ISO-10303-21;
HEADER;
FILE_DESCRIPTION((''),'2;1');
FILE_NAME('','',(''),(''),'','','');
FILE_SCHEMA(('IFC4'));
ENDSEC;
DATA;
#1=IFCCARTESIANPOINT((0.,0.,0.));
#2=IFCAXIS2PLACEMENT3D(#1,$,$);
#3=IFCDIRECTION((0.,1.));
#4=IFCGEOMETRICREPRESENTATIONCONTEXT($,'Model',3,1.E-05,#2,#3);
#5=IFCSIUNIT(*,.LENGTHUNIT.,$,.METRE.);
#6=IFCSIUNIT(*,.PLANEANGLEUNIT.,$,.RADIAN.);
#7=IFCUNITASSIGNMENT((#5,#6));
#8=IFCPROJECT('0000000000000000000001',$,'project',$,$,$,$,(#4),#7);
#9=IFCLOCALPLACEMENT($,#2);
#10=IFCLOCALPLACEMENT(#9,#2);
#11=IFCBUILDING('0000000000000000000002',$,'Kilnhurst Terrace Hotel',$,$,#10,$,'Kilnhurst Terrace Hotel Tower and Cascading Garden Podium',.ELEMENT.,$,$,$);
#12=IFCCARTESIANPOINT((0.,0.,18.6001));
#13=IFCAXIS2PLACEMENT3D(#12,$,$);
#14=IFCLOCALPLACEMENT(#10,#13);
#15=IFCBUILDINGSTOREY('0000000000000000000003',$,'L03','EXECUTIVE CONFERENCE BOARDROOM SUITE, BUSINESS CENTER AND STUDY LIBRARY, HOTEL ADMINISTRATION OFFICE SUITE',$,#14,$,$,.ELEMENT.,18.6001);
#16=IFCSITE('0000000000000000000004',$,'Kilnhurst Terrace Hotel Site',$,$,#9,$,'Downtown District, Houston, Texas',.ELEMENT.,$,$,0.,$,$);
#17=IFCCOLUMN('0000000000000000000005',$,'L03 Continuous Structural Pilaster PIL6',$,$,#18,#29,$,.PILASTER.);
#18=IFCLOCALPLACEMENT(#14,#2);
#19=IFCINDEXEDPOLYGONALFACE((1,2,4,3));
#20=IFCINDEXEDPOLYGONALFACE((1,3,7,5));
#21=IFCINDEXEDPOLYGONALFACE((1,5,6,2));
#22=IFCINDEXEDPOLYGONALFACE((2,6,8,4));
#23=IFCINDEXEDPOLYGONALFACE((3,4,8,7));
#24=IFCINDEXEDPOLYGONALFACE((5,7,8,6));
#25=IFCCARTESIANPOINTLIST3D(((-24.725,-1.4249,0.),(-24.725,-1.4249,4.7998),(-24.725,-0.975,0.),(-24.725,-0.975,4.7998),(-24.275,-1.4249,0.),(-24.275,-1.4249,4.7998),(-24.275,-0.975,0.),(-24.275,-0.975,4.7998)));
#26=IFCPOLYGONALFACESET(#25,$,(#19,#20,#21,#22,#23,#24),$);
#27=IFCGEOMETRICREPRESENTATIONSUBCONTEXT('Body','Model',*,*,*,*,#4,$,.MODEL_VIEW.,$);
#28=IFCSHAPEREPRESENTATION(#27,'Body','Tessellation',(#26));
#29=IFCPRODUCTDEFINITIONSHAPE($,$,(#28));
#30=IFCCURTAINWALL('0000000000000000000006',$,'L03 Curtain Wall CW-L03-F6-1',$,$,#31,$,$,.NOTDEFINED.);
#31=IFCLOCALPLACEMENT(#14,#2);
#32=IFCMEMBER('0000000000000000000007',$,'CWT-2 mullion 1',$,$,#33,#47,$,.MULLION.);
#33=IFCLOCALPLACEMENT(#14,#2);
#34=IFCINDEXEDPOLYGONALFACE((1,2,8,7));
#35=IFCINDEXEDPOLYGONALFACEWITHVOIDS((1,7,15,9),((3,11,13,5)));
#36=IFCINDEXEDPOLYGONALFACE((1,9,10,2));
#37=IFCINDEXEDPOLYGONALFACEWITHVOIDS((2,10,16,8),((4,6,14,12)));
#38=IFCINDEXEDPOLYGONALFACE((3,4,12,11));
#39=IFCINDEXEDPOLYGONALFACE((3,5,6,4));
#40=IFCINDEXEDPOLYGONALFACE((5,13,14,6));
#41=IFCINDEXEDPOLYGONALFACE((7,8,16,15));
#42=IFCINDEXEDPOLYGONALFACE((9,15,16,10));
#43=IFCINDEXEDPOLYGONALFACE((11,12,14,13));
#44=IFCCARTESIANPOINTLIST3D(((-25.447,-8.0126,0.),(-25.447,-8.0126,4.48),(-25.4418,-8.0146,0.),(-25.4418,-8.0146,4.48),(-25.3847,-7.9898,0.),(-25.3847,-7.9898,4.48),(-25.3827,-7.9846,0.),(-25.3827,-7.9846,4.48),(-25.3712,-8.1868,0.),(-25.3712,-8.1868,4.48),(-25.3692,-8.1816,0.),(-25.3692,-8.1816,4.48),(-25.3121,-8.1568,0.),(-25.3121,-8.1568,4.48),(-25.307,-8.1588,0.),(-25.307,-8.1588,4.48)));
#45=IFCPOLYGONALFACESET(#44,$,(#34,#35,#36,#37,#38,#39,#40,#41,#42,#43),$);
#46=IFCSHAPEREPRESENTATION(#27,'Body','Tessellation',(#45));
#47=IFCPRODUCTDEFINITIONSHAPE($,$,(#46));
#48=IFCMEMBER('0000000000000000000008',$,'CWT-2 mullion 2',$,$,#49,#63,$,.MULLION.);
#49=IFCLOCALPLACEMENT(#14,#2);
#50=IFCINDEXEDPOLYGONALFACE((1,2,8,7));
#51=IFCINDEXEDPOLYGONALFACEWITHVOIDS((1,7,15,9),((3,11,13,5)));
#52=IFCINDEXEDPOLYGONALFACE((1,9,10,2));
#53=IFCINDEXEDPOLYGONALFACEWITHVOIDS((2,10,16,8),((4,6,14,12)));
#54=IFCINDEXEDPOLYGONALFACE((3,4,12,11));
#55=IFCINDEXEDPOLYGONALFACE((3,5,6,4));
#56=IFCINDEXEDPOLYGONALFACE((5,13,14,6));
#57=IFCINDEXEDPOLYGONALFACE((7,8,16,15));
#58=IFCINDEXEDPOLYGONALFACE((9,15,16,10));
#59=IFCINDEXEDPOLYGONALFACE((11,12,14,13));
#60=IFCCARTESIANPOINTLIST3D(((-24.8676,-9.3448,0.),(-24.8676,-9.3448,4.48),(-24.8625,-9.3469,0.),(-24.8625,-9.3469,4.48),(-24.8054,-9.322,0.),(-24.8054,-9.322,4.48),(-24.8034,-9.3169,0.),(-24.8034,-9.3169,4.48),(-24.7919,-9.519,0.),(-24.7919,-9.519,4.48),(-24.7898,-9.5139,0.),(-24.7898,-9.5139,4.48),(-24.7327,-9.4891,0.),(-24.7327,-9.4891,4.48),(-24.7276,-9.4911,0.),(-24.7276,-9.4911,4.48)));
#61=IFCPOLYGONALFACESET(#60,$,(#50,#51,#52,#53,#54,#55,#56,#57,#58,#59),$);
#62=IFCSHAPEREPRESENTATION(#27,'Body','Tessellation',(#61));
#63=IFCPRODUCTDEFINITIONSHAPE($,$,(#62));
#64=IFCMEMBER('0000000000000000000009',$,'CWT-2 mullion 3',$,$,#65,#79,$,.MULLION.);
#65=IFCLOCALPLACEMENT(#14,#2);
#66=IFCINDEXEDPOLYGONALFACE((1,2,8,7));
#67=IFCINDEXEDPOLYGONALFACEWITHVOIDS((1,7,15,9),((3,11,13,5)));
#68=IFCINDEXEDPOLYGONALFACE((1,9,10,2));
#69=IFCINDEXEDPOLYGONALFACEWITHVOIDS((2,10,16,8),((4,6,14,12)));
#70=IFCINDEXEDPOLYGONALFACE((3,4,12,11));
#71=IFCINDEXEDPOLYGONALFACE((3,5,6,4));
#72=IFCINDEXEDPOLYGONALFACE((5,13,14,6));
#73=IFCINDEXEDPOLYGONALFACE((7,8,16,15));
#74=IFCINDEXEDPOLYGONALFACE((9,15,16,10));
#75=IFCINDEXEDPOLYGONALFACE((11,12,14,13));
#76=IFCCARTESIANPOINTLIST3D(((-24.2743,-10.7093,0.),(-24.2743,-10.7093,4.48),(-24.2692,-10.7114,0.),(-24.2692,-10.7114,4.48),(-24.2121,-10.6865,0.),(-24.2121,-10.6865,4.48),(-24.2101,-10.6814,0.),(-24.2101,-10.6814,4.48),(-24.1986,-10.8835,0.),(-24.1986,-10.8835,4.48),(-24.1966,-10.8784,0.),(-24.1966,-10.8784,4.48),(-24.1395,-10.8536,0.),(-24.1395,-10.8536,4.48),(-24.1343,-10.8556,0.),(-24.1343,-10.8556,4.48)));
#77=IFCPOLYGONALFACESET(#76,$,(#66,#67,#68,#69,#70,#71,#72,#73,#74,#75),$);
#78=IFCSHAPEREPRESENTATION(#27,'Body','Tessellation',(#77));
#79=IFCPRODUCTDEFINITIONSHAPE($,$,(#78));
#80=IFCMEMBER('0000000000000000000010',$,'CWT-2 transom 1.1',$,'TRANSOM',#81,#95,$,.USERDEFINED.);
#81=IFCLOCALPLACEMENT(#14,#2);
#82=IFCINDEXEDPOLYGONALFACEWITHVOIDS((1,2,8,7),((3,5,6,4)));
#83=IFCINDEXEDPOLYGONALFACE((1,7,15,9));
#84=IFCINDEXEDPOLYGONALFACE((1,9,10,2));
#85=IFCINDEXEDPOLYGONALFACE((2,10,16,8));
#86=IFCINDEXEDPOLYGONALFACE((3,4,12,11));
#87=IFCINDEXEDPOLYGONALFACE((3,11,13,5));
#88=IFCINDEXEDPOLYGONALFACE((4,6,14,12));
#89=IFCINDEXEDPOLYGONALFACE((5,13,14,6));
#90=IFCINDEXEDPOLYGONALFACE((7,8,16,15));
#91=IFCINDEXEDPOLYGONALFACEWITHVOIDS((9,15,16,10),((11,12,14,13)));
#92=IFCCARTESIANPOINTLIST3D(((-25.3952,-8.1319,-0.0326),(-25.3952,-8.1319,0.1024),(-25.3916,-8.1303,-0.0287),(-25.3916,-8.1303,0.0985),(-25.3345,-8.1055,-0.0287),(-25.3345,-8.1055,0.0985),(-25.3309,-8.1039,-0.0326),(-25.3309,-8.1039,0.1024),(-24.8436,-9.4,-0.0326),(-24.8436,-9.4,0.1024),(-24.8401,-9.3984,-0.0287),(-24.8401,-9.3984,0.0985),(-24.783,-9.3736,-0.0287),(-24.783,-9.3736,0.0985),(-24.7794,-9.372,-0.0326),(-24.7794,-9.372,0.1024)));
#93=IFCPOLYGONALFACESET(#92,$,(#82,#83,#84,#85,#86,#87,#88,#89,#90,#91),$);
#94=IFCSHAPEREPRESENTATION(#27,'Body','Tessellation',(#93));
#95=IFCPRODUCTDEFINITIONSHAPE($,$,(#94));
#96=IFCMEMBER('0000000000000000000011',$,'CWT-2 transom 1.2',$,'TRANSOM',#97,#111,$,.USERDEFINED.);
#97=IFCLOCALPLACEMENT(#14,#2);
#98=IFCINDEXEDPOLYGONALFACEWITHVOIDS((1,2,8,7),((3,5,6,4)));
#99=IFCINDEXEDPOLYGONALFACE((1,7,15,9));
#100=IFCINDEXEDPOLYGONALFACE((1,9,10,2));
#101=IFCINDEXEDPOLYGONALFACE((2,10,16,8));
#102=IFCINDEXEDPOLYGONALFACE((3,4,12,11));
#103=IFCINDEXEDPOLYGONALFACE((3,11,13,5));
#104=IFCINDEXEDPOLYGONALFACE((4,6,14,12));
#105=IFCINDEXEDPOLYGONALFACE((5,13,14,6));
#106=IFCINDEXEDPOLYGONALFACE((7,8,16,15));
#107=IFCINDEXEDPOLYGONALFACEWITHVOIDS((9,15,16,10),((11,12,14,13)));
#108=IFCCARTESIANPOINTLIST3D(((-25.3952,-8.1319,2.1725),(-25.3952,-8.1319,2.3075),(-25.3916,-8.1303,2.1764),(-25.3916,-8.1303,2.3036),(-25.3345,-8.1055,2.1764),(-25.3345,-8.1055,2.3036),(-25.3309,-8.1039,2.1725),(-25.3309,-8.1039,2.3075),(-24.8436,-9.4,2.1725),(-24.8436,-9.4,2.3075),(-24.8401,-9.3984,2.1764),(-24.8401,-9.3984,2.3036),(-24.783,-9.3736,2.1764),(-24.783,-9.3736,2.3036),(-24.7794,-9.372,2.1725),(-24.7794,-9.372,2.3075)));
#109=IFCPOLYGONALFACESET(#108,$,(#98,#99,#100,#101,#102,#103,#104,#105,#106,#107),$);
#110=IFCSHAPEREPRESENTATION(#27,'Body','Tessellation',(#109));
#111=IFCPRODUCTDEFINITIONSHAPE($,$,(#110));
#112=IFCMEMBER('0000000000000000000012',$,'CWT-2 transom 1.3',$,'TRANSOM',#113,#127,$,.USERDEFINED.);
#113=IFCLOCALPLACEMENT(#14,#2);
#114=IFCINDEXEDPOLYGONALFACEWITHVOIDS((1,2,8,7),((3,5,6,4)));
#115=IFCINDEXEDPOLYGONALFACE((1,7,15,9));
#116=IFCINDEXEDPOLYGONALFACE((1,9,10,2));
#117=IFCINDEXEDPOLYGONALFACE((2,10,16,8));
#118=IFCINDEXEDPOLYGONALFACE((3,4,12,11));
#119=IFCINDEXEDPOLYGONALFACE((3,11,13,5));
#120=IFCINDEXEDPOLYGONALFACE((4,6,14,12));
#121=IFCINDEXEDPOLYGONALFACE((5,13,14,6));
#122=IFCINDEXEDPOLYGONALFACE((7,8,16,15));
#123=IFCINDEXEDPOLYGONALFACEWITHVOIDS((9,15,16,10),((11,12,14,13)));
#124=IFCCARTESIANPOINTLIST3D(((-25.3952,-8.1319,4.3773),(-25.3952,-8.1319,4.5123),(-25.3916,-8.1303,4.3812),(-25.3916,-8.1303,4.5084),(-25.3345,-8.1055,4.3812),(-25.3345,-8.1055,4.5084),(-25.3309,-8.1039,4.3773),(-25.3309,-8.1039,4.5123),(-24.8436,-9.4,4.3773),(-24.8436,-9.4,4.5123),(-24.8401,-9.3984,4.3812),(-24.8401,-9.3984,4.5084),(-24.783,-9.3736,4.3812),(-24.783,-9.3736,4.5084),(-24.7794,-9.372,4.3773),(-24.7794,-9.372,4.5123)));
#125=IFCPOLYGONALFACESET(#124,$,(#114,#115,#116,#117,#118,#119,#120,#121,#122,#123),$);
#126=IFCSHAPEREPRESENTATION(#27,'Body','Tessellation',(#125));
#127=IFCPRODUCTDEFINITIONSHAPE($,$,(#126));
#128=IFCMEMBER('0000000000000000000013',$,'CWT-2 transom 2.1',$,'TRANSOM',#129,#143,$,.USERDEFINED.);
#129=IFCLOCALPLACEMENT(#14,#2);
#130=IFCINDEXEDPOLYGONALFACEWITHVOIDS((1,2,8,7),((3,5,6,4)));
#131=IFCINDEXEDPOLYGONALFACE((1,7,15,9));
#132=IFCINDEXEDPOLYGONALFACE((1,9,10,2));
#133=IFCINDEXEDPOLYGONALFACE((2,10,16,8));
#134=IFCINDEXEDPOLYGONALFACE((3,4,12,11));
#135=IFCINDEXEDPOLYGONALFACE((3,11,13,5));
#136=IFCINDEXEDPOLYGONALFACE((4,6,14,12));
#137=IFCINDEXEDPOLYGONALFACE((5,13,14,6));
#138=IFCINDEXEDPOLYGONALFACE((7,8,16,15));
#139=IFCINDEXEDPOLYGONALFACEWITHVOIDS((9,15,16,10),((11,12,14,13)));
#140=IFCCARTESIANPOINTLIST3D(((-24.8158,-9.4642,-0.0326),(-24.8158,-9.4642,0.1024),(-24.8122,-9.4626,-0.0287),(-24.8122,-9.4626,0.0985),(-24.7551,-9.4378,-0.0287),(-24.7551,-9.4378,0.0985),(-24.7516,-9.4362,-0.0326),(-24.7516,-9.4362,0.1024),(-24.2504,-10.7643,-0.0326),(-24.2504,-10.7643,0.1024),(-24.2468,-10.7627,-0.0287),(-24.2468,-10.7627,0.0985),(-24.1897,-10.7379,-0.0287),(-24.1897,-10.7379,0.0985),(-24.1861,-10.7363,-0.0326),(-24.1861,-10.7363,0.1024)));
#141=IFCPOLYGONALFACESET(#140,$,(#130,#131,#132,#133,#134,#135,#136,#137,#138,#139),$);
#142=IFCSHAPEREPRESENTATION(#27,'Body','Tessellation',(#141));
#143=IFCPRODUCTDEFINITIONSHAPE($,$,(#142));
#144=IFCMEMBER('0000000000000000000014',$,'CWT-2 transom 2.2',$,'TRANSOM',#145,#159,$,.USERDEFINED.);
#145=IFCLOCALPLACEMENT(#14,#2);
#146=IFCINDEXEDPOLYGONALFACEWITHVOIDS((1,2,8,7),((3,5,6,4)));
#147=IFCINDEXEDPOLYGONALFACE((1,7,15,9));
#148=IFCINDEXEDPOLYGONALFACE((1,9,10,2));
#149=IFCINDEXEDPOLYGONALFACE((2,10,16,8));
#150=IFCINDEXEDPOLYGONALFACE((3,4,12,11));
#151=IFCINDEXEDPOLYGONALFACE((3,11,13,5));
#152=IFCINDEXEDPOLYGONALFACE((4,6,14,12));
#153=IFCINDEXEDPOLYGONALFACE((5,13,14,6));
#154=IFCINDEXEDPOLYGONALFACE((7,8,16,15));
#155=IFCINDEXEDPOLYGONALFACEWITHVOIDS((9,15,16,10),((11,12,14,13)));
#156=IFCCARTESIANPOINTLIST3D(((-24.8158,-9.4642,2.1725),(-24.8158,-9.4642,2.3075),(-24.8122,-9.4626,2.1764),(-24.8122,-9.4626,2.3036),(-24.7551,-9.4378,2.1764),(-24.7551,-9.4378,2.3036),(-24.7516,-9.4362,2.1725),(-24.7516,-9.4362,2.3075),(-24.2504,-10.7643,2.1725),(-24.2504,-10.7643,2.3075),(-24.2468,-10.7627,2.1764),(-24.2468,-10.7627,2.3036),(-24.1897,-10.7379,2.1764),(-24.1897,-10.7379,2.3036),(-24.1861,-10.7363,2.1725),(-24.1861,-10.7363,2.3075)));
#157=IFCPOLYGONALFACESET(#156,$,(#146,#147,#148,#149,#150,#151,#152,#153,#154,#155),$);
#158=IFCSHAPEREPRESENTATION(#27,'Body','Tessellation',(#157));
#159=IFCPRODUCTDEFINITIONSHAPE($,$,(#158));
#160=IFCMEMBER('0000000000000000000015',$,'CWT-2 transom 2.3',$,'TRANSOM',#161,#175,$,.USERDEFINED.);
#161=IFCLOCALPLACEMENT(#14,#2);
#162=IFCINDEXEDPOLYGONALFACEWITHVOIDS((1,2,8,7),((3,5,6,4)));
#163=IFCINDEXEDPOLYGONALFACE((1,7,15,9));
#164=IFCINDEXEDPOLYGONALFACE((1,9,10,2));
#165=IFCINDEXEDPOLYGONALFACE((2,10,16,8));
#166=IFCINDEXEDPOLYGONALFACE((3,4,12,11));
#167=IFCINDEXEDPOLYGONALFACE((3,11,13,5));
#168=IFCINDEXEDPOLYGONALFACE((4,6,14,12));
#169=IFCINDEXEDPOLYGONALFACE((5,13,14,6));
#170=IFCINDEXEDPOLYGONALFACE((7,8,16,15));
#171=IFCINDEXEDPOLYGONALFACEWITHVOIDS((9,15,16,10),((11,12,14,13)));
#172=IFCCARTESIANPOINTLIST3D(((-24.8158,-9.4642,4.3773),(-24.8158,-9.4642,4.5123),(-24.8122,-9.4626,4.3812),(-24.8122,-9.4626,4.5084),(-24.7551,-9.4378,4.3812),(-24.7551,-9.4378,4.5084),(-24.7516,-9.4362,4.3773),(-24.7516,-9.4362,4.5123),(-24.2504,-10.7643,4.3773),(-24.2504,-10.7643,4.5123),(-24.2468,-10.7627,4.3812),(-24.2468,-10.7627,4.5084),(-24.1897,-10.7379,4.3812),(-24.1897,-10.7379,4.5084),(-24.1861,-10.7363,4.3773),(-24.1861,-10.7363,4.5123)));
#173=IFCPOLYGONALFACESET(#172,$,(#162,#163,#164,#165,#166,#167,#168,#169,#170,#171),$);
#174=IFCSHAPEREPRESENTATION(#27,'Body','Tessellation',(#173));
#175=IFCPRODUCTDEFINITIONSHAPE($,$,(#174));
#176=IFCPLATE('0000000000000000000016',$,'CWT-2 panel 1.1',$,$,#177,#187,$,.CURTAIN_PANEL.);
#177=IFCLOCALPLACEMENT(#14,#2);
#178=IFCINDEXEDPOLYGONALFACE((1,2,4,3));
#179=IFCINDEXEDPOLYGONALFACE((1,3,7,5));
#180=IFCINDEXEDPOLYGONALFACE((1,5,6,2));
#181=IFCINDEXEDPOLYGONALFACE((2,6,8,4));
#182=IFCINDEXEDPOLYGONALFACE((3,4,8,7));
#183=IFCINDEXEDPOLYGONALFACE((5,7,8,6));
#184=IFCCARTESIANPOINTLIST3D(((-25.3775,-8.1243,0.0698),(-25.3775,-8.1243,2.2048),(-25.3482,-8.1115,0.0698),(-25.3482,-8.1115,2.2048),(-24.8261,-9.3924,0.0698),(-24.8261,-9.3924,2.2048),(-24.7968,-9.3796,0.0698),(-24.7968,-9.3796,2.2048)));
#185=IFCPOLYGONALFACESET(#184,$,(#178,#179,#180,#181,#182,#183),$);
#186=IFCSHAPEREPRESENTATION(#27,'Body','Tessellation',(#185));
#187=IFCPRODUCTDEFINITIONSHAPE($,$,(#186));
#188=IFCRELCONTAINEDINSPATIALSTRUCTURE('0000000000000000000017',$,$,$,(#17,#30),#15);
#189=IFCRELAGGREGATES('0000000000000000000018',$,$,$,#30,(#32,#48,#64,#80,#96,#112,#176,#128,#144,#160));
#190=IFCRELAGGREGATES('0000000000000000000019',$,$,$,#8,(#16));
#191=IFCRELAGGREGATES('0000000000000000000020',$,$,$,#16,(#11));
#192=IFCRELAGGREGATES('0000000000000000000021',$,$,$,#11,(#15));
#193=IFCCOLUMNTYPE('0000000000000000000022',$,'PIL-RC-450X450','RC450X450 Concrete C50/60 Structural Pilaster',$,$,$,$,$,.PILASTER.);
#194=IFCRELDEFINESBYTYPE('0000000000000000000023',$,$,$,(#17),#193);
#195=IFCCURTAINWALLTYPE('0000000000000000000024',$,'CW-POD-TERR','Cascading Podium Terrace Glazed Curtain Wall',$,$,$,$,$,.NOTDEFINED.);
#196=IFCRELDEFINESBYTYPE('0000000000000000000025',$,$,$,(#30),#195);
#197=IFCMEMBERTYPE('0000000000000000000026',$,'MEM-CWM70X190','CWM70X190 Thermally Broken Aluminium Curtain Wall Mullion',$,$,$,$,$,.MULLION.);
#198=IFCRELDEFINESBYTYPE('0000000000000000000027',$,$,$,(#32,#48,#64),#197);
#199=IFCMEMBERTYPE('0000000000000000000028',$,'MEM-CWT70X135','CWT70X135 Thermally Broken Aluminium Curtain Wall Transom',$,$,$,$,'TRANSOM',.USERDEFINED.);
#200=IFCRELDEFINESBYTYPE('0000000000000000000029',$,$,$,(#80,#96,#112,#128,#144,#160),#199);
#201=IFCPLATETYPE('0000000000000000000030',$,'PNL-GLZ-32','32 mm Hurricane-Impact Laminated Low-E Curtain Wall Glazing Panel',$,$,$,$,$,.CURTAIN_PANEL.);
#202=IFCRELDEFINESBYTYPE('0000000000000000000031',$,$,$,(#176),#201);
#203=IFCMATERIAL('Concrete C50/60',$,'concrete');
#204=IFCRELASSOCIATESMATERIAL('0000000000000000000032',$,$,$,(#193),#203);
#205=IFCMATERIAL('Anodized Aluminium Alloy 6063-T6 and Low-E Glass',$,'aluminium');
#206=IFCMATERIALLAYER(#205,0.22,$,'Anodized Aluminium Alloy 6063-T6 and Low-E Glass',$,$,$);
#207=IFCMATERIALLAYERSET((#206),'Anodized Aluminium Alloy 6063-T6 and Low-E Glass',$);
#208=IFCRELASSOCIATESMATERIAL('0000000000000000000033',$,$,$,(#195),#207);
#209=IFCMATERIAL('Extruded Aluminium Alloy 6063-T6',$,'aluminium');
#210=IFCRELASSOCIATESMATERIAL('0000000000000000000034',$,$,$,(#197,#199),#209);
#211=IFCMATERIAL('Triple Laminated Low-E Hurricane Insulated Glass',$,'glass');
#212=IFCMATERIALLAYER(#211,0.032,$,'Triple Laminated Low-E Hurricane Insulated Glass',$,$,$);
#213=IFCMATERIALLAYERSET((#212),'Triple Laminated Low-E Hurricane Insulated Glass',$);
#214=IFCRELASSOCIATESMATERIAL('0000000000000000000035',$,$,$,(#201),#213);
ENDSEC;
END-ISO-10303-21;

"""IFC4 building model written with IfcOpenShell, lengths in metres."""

from ifc_helpers import new_model, si_unit, direction, frame, origin, origin_2d, place, context, subcontext, project, spatial, rectangle, hollow_rectangle, extrude, material, layer, layer_set, material_profile, profile_set, type_object, element, aggregate, save


model = new_model("IFC4")

# Units and contexts
model_context = context("Model", 3, precision=1e-05, world=origin(), true_north=direction((0.0, 1.0)))
body_context = subcontext(model_context, "Body", "Model", "MODEL_VIEW")
ifc_project = project(units=[si_unit("LENGTHUNIT", "METRE"), si_unit("PLANEANGLEUNIT", "RADIAN")], contexts=[model_context])

# Site, building, storey
site_placement = place(None, origin())
site = spatial("IfcSite", under=ifc_project, at=site_placement, Name="Kilnhurst Terrace Hotel Site", LongName="Downtown District, Houston, Texas", CompositionType="ELEMENT", RefElevation=0.0)
building_placement = place(site_placement, origin())
building = spatial("IfcBuilding", under=site, at=building_placement, Name="Kilnhurst Terrace Hotel", LongName="Kilnhurst Terrace Hotel Tower and Cascading Garden Podium", CompositionType="ELEMENT")
storey_placement = place(building_placement, frame((0.0, 0.0, 18.6001)))
storey = spatial("IfcBuildingStorey", under=building, at=storey_placement, Name="L03", Description="EXECUTIVE CONFERENCE BOARDROOM SUITE, BUSINESS CENTER AND STUDY LIBRARY, HOTEL ADMINISTRATION OFFICE SUITE", CompositionType="ELEMENT", Elevation=18.6001)

# Column
ifc_material_1 = material(Name="Concrete C50/60", Category="concrete")
ifc_material_profile_1 = material_profile(ifc_material_1, rectangle(XDim=0.45, YDim=0.45, at=origin_2d()), Name="RC450X450")
ifc_profile_set_1 = profile_set([ifc_material_profile_1], Name="Concrete C50/60")
column_type = type_object("IfcColumnType", Name="PIL-RC-450X450", Description="RC450X450 Concrete C50/60 Structural Pilaster", PredefinedType="PILASTER", material=ifc_profile_set_1)
column_placement = place(storey_placement, frame((-24.5, -1.2, 0.0), z_axis=(0.0, 0.0, 1.0), x_axis=(1.0, 0.0, 0.0)))
element("IfcColumn", 1, at=column_placement, inside=storey, type_object=column_type, Name="L03 Continuous Structural Pilaster PIL6", PredefinedType="PILASTER", context=body_context, shape_type="SweptSolid", body=[
    extrude(rectangle(XDim=0.45, YDim=0.45, at=origin_2d()), origin(), (0.0, 0.0, 1.0), 4.7998),
])

# Curtain wall, members, plate
ifc_material_2 = material(Name="Anodized Aluminium Alloy 6063-T6 and Low-E Glass", Category="aluminium")
ifc_layer_1 = layer(ifc_material_2, 0.22, Name="Anodized Aluminium Alloy 6063-T6 and Low-E Glass")
ifc_layer_set_1 = layer_set([ifc_layer_1], Name="Anodized Aluminium Alloy 6063-T6 and Low-E Glass")
curtain_wall_type = type_object("IfcCurtainWallType", Name="CW-POD-TERR", Description="Cascading Podium Terrace Glazed Curtain Wall", PredefinedType="NOTDEFINED", material=ifc_layer_set_1)
curtain_wall_placement = place(storey_placement, origin())
curtain_wall = element("IfcCurtainWall", 2, at=curtain_wall_placement, inside=storey, type_object=curtain_wall_type, Name="L03 Curtain Wall CW-L03-F6-1", PredefinedType="NOTDEFINED")
ifc_material_3 = material(Name="Extruded Aluminium Alloy 6063-T6", Category="aluminium")
ifc_material_profile_2 = material_profile(ifc_material_3, hollow_rectangle(XDim=0.0701, YDim=0.1899, WallThickness=0.0039, at=origin_2d()), Name="CWM70X190")
ifc_profile_set_2 = profile_set([ifc_material_profile_2], Name="Extruded Aluminium Alloy 6063-T6")
member_type_1 = type_object("IfcMemberType", Name="MEM-CWM70X190", Description="CWM70X190 Thermally Broken Aluminium Curtain Wall Mullion", PredefinedType="MULLION", material=ifc_profile_set_2)
member_1_placement = place(storey_placement, frame((-25.377, -8.0857, 0.0), z_axis=(0.0, 0.0, 1.0), x_axis=(0.917042, 0.398791, 0.0)))
member_1 = element("IfcMember", 3, at=member_1_placement, type_object=member_type_1, Name="CWT-2 mullion 1", PredefinedType="MULLION", context=body_context, shape_type="SweptSolid", body=[
    extrude(hollow_rectangle(XDim=0.0701, YDim=0.1899, WallThickness=0.0039, at=origin_2d()), origin(), (0.0, 0.0, 1.0), 4.48),
])
member_2_placement = place(storey_placement, frame((-24.7976, -9.418, 0.0), z_axis=(0.0, 0.0, 1.0), x_axis=(0.917042, 0.398791, 0.0)))
member_2 = element("IfcMember", 4, at=member_2_placement, type_object=member_type_1, Name="CWT-2 mullion 2", PredefinedType="MULLION", context=body_context, shape_type="SweptSolid", body=[
    extrude(hollow_rectangle(XDim=0.0701, YDim=0.1899, WallThickness=0.0039, at=origin_2d()), origin(), (0.0, 0.0, 1.0), 4.48),
])
member_3_placement = place(storey_placement, frame((-24.2043, -10.7825, 0.0), z_axis=(0.0, 0.0, 1.0), x_axis=(0.917042, 0.398791, 0.0)))
member_3 = element("IfcMember", 5, at=member_3_placement, type_object=member_type_1, Name="CWT-2 mullion 3", PredefinedType="MULLION", context=body_context, shape_type="SweptSolid", body=[
    extrude(hollow_rectangle(XDim=0.0701, YDim=0.1899, WallThickness=0.0039, at=origin_2d()), origin(), (0.0, 0.0, 1.0), 4.48),
])
ifc_material_profile_3 = material_profile(ifc_material_3, hollow_rectangle(XDim=0.0701, YDim=0.135, WallThickness=0.0039, at=origin_2d()), Name="CWT70X135")
ifc_profile_set_3 = profile_set([ifc_material_profile_3], Name="Extruded Aluminium Alloy 6063-T6")
member_type_2 = type_object("IfcMemberType", Name="MEM-CWT70X135", Description="CWT70X135 Thermally Broken Aluminium Curtain Wall Transom", ElementType="TRANSOM", PredefinedType="USERDEFINED", material=ifc_profile_set_3)
member_4_placement = place(storey_placement, frame((-25.363, -8.1179, 0.0349), z_axis=(0.398836, -0.917022, 0.0), x_axis=(0.917022, 0.398836, 0.0)))
member_4 = element("IfcMember", 6, at=member_4_placement, type_object=member_type_2, Name="CWT-2 transom 1.1", ObjectType="TRANSOM", PredefinedType="USERDEFINED", context=body_context, shape_type="SweptSolid", body=[
    extrude(hollow_rectangle(XDim=0.0701, YDim=0.135, WallThickness=0.0039, at=origin_2d()), origin(), (0.0, 0.0, 1.0), 1.3828),
])
member_5_placement = place(storey_placement, frame((-25.363, -8.1179, 2.24), z_axis=(0.398836, -0.917022, 0.0), x_axis=(0.917022, 0.398836, 0.0)))
member_5 = element("IfcMember", 7, at=member_5_placement, type_object=member_type_2, Name="CWT-2 transom 1.2", ObjectType="TRANSOM", PredefinedType="USERDEFINED", context=body_context, shape_type="SweptSolid", body=[
    extrude(hollow_rectangle(XDim=0.0701, YDim=0.135, WallThickness=0.0039, at=origin_2d()), origin(), (0.0, 0.0, 1.0), 1.3828),
])
member_6_placement = place(storey_placement, frame((-25.363, -8.1179, 4.4448), z_axis=(0.398836, -0.917022, 0.0), x_axis=(0.917022, 0.398836, 0.0)))
member_6 = element("IfcMember", 8, at=member_6_placement, type_object=member_type_2, Name="CWT-2 transom 1.3", ObjectType="TRANSOM", PredefinedType="USERDEFINED", context=body_context, shape_type="SweptSolid", body=[
    extrude(hollow_rectangle(XDim=0.0701, YDim=0.135, WallThickness=0.0039, at=origin_2d()), origin(), (0.0, 0.0, 1.0), 1.3828),
])
member_7_placement = place(storey_placement, frame((-24.7837, -9.4502, 0.0349), z_axis=(0.398839, -0.917021, 0.0), x_axis=(0.917021, 0.398839, 0.0)))
member_7 = element("IfcMember", 9, at=member_7_placement, type_object=member_type_2, Name="CWT-2 transom 2.1", ObjectType="TRANSOM", PredefinedType="USERDEFINED", context=body_context, shape_type="SweptSolid", body=[
    extrude(hollow_rectangle(XDim=0.0701, YDim=0.135, WallThickness=0.0039, at=origin_2d()), origin(), (0.0, 0.0, 1.0), 1.4177),
])
member_8_placement = place(storey_placement, frame((-24.7837, -9.4502, 2.24), z_axis=(0.398839, -0.917021, 0.0), x_axis=(0.917021, 0.398839, 0.0)))
member_8 = element("IfcMember", 10, at=member_8_placement, type_object=member_type_2, Name="CWT-2 transom 2.2", ObjectType="TRANSOM", PredefinedType="USERDEFINED", context=body_context, shape_type="SweptSolid", body=[
    extrude(hollow_rectangle(XDim=0.0701, YDim=0.135, WallThickness=0.0039, at=origin_2d()), origin(), (0.0, 0.0, 1.0), 1.4177),
])
member_9_placement = place(storey_placement, frame((-24.7837, -9.4502, 4.4448), z_axis=(0.398839, -0.917021, 0.0), x_axis=(0.917021, 0.398839, 0.0)))
member_9 = element("IfcMember", 11, at=member_9_placement, type_object=member_type_2, Name="CWT-2 transom 2.3", ObjectType="TRANSOM", PredefinedType="USERDEFINED", context=body_context, shape_type="SweptSolid", body=[
    extrude(hollow_rectangle(XDim=0.0701, YDim=0.135, WallThickness=0.0039, at=origin_2d()), origin(), (0.0, 0.0, 1.0), 1.4177),
])
ifc_material_4 = material(Name="Triple Laminated Low-E Hurricane Insulated Glass", Category="glass")
ifc_layer_2 = layer(ifc_material_4, 0.032, Name="Triple Laminated Low-E Hurricane Insulated Glass")
ifc_layer_set_2 = layer_set([ifc_layer_2], Name="Triple Laminated Low-E Hurricane Insulated Glass")
plate_type = type_object("IfcPlateType", Name="PNL-GLZ-32", Description="32 mm Hurricane-Impact Laminated Low-E Curtain Wall Glazing Panel", PredefinedType="CURTAIN_PANEL", material=ifc_layer_set_2)
plate_1_placement = place(storey_placement, frame((-25.0872, -8.752, 0.0698), z_axis=(0.0, 0.0, 1.0), x_axis=(0.398791, -0.917042, 0.0)))
plate_1 = element("IfcPlate", 12, at=plate_1_placement, type_object=plate_type, Name="CWT-2 panel 1.1", PredefinedType="CURTAIN_PANEL", context=body_context, shape_type="SweptSolid", body=[
    extrude(rectangle(XDim=1.3828, YDim=0.032, at=origin_2d()), origin(), (0.0, 0.0, 1.0), 2.135),
])
aggregate(curtain_wall, [member_1, member_2, member_3, member_4, member_5, member_6, plate_1, member_7, member_8, member_9])

save(model, "model.ifc")
